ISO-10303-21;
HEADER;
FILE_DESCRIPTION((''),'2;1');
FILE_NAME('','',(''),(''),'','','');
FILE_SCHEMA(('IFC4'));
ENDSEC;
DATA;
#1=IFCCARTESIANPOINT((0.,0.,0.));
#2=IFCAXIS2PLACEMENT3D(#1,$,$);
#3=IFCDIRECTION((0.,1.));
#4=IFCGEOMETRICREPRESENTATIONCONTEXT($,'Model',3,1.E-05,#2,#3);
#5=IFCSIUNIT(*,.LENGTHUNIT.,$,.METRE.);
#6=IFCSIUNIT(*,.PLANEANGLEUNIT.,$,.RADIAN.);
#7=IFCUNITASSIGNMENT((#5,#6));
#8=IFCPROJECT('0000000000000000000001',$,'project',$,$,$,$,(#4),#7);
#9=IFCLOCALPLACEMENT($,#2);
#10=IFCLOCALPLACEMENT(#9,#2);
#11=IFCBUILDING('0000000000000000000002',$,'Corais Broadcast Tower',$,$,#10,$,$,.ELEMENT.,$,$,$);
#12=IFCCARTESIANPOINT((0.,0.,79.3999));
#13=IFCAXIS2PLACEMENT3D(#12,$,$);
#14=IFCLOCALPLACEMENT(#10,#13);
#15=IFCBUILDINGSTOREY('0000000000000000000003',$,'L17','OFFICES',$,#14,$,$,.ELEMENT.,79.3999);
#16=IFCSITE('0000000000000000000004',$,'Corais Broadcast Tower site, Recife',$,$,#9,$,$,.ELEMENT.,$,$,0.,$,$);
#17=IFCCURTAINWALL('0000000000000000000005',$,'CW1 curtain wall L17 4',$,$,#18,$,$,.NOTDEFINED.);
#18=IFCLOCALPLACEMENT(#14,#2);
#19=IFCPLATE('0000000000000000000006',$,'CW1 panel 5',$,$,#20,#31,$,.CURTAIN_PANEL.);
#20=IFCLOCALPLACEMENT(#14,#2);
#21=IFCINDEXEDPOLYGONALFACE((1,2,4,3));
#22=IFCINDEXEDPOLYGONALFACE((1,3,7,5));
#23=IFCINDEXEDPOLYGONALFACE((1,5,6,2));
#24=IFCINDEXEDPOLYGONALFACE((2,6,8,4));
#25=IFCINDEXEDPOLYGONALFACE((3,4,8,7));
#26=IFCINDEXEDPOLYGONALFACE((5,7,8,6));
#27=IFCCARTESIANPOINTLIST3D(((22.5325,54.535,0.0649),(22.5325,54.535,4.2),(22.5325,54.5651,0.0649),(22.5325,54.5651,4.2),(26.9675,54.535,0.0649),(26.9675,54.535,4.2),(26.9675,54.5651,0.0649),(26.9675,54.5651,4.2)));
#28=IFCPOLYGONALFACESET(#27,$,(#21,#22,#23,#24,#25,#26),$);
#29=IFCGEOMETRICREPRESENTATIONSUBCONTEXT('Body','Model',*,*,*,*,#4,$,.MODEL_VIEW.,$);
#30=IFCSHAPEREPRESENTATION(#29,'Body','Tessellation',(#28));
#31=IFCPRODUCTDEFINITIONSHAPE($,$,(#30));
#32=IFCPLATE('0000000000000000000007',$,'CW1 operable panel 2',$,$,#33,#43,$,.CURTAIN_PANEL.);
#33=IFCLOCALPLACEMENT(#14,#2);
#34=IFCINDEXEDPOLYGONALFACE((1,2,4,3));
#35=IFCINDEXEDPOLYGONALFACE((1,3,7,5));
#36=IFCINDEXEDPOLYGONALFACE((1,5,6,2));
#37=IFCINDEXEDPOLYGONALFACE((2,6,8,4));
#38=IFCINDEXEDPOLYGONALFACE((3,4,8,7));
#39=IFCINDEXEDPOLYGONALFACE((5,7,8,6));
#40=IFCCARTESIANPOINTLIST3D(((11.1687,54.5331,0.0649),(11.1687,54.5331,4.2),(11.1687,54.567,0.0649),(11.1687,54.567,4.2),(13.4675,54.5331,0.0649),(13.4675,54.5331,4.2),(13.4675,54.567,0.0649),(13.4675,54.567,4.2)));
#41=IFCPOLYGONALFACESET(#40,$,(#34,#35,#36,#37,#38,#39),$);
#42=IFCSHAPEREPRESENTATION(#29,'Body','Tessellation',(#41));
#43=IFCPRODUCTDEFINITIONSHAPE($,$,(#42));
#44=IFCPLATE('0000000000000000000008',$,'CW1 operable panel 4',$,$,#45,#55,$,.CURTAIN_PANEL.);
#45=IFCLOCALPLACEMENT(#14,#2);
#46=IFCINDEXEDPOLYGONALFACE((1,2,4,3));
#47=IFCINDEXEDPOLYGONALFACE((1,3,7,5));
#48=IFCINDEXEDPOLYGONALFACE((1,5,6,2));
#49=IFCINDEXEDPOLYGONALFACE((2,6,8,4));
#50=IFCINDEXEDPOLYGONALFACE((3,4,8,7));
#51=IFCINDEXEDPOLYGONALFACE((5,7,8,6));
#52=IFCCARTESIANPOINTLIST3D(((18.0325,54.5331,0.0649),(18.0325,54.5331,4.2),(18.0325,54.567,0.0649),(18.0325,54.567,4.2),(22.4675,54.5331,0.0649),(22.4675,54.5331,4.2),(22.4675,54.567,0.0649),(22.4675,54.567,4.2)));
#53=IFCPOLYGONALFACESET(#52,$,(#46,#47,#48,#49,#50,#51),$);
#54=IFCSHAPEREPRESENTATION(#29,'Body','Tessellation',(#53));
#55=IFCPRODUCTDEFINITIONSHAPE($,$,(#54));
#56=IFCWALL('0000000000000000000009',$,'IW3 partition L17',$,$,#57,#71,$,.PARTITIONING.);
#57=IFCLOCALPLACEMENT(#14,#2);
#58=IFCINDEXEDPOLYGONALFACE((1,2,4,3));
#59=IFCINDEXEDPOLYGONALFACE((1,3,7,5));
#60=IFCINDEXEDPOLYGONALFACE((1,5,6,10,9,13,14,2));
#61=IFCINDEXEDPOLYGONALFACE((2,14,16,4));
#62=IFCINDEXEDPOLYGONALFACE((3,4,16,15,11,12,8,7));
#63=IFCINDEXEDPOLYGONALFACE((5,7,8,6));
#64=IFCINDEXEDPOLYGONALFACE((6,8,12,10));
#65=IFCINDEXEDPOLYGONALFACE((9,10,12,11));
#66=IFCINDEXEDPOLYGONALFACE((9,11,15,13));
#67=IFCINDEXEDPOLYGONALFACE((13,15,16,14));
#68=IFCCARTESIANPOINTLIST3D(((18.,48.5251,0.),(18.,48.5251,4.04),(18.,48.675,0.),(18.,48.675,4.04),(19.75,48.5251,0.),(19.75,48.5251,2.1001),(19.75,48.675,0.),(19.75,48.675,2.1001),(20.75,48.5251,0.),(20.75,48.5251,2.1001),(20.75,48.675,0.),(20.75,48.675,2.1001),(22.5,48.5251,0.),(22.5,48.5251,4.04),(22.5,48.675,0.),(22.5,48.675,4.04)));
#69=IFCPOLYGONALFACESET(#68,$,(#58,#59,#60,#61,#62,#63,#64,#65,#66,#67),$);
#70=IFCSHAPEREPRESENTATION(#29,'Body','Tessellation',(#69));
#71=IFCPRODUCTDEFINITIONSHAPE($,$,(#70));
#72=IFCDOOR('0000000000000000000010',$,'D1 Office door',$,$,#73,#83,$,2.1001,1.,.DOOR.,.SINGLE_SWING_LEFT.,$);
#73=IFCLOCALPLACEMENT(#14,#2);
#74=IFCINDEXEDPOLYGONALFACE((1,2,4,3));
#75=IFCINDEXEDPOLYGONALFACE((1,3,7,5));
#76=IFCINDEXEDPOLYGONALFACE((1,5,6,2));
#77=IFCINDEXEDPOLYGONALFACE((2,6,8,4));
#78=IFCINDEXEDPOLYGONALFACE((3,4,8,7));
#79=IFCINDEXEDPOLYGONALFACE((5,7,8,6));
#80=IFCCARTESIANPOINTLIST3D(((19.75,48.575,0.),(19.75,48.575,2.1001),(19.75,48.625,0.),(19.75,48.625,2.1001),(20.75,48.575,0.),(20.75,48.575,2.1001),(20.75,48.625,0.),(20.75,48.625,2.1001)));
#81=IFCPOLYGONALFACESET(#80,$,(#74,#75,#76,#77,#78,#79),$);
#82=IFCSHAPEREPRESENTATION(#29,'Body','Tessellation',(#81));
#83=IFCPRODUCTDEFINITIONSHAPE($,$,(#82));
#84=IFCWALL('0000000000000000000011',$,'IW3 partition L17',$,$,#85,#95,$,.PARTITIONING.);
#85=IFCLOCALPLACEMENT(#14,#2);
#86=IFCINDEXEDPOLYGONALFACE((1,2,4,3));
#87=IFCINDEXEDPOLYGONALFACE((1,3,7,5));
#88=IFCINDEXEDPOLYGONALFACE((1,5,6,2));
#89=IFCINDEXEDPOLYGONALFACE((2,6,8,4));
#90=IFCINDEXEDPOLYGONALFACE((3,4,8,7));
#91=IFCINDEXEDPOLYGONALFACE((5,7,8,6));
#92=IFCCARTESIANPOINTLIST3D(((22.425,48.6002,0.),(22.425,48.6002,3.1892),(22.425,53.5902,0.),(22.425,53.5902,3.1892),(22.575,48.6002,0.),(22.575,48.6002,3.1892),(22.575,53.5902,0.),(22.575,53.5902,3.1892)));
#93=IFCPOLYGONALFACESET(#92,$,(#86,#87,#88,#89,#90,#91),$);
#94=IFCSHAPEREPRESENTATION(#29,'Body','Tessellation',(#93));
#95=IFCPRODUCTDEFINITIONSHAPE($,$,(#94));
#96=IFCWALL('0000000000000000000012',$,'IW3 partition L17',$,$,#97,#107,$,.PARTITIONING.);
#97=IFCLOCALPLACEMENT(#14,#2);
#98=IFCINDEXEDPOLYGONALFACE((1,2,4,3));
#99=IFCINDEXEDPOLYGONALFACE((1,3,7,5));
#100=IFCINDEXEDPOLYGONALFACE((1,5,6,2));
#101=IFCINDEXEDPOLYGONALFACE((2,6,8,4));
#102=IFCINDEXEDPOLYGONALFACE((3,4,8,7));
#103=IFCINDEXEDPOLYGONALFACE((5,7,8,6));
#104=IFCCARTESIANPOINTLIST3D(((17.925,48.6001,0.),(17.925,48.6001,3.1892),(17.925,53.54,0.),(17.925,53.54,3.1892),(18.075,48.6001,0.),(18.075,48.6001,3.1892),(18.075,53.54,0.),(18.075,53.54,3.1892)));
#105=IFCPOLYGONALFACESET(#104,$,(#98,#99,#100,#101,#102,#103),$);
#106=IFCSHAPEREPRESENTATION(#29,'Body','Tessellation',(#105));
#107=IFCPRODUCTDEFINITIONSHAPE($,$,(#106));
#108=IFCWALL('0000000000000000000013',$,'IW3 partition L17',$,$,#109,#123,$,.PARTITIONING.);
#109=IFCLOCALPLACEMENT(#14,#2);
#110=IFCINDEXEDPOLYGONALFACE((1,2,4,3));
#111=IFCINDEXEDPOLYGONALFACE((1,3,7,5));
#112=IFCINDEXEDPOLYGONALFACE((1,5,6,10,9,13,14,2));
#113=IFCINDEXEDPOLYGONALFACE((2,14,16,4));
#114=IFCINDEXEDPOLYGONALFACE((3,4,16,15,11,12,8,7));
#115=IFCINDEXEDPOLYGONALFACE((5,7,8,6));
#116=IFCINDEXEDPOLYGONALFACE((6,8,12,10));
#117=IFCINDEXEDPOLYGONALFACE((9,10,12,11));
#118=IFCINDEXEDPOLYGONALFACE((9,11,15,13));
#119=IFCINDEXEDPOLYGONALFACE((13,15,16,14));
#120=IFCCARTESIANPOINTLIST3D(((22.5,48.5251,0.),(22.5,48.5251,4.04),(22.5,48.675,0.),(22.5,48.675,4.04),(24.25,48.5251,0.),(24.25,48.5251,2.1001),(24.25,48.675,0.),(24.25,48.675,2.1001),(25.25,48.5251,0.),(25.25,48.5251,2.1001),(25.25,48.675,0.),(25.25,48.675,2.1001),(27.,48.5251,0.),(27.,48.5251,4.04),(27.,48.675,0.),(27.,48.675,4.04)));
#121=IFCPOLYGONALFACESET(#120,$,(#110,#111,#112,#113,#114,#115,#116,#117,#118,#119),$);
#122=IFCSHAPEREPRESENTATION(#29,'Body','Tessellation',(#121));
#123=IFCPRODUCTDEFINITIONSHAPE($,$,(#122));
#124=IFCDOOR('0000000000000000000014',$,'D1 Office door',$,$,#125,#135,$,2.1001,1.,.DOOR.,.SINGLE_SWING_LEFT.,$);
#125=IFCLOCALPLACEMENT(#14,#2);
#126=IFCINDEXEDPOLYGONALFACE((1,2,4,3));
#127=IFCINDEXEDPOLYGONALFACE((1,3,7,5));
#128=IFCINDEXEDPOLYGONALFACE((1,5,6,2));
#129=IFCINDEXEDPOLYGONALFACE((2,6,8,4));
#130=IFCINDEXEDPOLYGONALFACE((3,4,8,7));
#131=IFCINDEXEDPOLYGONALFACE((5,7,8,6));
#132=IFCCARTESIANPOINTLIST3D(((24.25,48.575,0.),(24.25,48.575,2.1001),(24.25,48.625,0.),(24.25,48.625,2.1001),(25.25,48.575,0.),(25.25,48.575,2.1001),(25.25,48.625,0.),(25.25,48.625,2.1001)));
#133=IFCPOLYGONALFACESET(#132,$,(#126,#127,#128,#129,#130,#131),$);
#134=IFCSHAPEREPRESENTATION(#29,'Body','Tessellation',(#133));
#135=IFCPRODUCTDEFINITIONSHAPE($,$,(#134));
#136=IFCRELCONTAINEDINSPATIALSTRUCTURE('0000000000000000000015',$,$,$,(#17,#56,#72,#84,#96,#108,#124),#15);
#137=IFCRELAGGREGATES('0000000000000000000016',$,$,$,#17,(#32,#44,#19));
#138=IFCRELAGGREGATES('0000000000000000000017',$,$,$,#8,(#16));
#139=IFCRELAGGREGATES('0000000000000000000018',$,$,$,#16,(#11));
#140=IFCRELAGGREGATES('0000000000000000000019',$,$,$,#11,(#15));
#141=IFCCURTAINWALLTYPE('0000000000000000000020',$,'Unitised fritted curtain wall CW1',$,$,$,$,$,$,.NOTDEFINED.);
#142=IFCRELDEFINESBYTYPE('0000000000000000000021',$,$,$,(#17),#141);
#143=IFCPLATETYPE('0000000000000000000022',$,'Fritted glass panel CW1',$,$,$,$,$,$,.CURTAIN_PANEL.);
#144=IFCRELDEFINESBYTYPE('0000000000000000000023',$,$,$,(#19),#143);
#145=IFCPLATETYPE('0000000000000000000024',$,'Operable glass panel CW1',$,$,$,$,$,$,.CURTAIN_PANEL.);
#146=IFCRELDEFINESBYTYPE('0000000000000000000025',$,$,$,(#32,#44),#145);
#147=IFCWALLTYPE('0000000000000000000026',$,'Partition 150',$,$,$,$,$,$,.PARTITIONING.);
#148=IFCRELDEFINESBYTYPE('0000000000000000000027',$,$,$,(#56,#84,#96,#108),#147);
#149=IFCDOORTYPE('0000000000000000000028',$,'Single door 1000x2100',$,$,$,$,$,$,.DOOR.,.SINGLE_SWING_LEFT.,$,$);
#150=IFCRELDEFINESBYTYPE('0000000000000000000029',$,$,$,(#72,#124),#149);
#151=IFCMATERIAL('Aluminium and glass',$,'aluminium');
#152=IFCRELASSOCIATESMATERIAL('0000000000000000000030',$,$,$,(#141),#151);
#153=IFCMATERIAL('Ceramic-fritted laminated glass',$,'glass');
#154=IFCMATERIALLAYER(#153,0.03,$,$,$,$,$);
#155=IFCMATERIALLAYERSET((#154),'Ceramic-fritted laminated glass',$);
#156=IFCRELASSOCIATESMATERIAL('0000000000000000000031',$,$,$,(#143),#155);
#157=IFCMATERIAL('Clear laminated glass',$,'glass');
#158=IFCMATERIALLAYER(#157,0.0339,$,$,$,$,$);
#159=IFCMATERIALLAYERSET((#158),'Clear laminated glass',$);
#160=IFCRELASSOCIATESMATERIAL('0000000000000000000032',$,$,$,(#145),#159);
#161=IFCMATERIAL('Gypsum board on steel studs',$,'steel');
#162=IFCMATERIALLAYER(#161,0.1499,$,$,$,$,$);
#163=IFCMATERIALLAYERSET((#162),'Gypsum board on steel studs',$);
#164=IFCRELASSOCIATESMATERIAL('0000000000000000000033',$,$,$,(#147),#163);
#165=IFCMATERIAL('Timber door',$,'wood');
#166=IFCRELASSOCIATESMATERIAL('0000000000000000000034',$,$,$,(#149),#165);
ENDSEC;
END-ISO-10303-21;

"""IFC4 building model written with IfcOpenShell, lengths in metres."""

from ifc_helpers import new_model, si_unit, direction, frame, frame_2d, origin, origin_2d, place, context, subcontext, project, spatial, rectangle, extrude, material, layer, layer_set, type_object, element, fill, aggregate, save


model = new_model("IFC4")

# Units and contexts
model_context = context("Model", 3, precision=1e-05, world=origin(), true_north=direction((0.0, 1.0)))
body_context = subcontext(model_context, "Body", "Model", "MODEL_VIEW")
ifc_project = project(units=[si_unit("LENGTHUNIT", "METRE"), si_unit("PLANEANGLEUNIT", "RADIAN")], contexts=[model_context])

# Site, building, storey
site_placement = place(None, origin())
site = spatial("IfcSite", under=ifc_project, at=site_placement, Name="Corais Broadcast Tower site, Recife", CompositionType="ELEMENT", RefElevation=0.0)
building_placement = place(site_placement, origin())
building = spatial("IfcBuilding", under=site, at=building_placement, Name="Corais Broadcast Tower", CompositionType="ELEMENT")
storey_placement = place(building_placement, frame((0.0, 0.0, 79.3999)))
storey = spatial("IfcBuildingStorey", under=building, at=storey_placement, Name="L17", Description="OFFICES", CompositionType="ELEMENT", Elevation=79.3999)

# Curtain wall
ifc_material_1 = material(Name="Aluminium and glass", Category="aluminium")
curtain_wall_type = type_object("IfcCurtainWallType", Name="Unitised fritted curtain wall CW1", PredefinedType="NOTDEFINED", material=ifc_material_1)
curtain_wall_placement = place(storey_placement, origin())
curtain_wall = element("IfcCurtainWall", 1, at=curtain_wall_placement, inside=storey, type_object=curtain_wall_type, Name="CW1 curtain wall L17 4", PredefinedType="NOTDEFINED")

# Plates
ifc_material_2 = material(Name="Ceramic-fritted laminated glass", Category="glass")
ifc_layer_1 = layer(ifc_material_2, 0.03)
ifc_layer_set_1 = layer_set([ifc_layer_1], Name="Ceramic-fritted laminated glass")
plate_type_1 = type_object("IfcPlateType", Name="Fritted glass panel CW1", PredefinedType="CURTAIN_PANEL", material=ifc_layer_set_1)
plate_1_placement = place(storey_placement, frame((24.75, 54.55, 0.0649), z_axis=(0.0, 0.0, 1.0), x_axis=(1.0, 0.0, 0.0)))
plate_1 = element("IfcPlate", 2, at=plate_1_placement, type_object=plate_type_1, Name="CW1 panel 5", PredefinedType="CURTAIN_PANEL", context=body_context, shape_type="SweptSolid", body=[
    extrude(rectangle(XDim=4.4351, YDim=0.03, at=origin_2d()), origin(), (0.0, 0.0, 1.0), 4.135),
])
ifc_material_3 = material(Name="Clear laminated glass", Category="glass")
ifc_layer_2 = layer(ifc_material_3, 0.0339)
ifc_layer_set_2 = layer_set([ifc_layer_2], Name="Clear laminated glass")
plate_type_2 = type_object("IfcPlateType", Name="Operable glass panel CW1", PredefinedType="CURTAIN_PANEL", material=ifc_layer_set_2)
plate_2_placement = place(storey_placement, frame((12.3181, 54.55, 0.0649), z_axis=(0.0, 0.0, 1.0), x_axis=(1.0, 0.0, 0.0)))
plate_2 = element("IfcPlate", 3, at=plate_2_placement, type_object=plate_type_2, Name="CW1 operable panel 2", PredefinedType="CURTAIN_PANEL", context=body_context, shape_type="SweptSolid", body=[
    extrude(rectangle(XDim=2.2988, YDim=0.0339, at=origin_2d()), origin(), (0.0, 0.0, 1.0), 4.135),
])
plate_3_placement = place(storey_placement, frame((20.25, 54.55, 0.0649), z_axis=(0.0, 0.0, 1.0), x_axis=(1.0, 0.0, 0.0)))
plate_3 = element("IfcPlate", 4, at=plate_3_placement, type_object=plate_type_2, Name="CW1 operable panel 4", PredefinedType="CURTAIN_PANEL", context=body_context, shape_type="SweptSolid", body=[
    extrude(rectangle(XDim=4.4351, YDim=0.0339, at=origin_2d()), origin(), (0.0, 0.0, 1.0), 4.135),
])
aggregate(curtain_wall, [plate_2, plate_3, plate_1])

# Wall, opening, door
ifc_material_4 = material(Name="Gypsum board on steel studs", Category="steel")
ifc_layer_3 = layer(ifc_material_4, 0.1499)
ifc_layer_set_3 = layer_set([ifc_layer_3], Name="Gypsum board on steel studs")
wall_type = type_object("IfcWallType", Name="Partition 150", PredefinedType="PARTITIONING", material=ifc_layer_set_3)
wall_1_placement = place(storey_placement, frame((18.0, 48.6001, 0.0), z_axis=(0.0, 0.0, 1.0), x_axis=(1.0, 0.0, 0.0)))
wall_1 = element("IfcWall", 5, at=wall_1_placement, inside=storey, type_object=wall_type, Name="IW3 partition L17", PredefinedType="PARTITIONING", context=body_context, shape_type="SweptSolid", body=[
    extrude(rectangle(XDim=4.5, YDim=0.1499, at=frame_2d((2.25, 0.0))), origin(), (0.0, 0.0, 1.0), 4.04),
])
opening_1_placement = place(wall_1_placement, frame((1.75, 0.0, 0.0)))
opening_1 = element("IfcOpeningElement", 6, at=opening_1_placement, cuts=wall_1, PredefinedType="OPENING", context=body_context, shape_type="SweptSolid", body=[
    extrude(rectangle(XDim=1.0, YDim=2.1001, at=frame_2d((0.5, 1.05))), frame((0.0, 0.085, 0.0), z_axis=(0.0, -1.0, 0.0), x_axis=(1.0, 0.0, 0.0)), (0.0, 0.0, 1.0), 0.1699),
])
ifc_material_5 = material(Name="Timber door", Category="wood")
door_type = type_object("IfcDoorType", Name="Single door 1000x2100", OperationType="SINGLE_SWING_LEFT", PredefinedType="DOOR", material=ifc_material_5)
door_1_placement = place(opening_1_placement, origin())
door_1 = element("IfcDoor", 7, at=door_1_placement, inside=storey, type_object=door_type, Name="D1 Office door", OperationType="SINGLE_SWING_LEFT", OverallHeight=2.1001, OverallWidth=1.0, PredefinedType="DOOR", context=body_context, shape_type="SweptSolid", body=[
    extrude(rectangle(XDim=1.0, YDim=2.1001, at=frame_2d((0.5, 1.05))), frame((0.0, 0.0249, 0.0), z_axis=(0.0, -1.0, 0.0), x_axis=(1.0, 0.0, 0.0)), (0.0, 0.0, 1.0), 0.05),
])
fill(opening_1, door_1)

# Walls
wall_2_placement = place(storey_placement, frame((22.5, 48.6001, 0.0), z_axis=(0.0, 0.0, 1.0), x_axis=(0.0, 1.0, 0.0)))
element("IfcWall", 8, at=wall_2_placement, inside=storey, type_object=wall_type, Name="IW3 partition L17", PredefinedType="PARTITIONING", context=body_context, shape_type="SweptSolid", body=[
    extrude(rectangle(XDim=4.99, YDim=0.1499, at=frame_2d((2.4951, 0.0))), origin(), (0.0, 0.0, 1.0), 3.1892),
])
wall_3_placement = place(storey_placement, frame((18.0, 53.54, 0.0), z_axis=(0.0, 0.0, 1.0), x_axis=(0.0, -1.0, 0.0)))
element("IfcWall", 9, at=wall_3_placement, inside=storey, type_object=wall_type, Name="IW3 partition L17", PredefinedType="PARTITIONING", context=body_context, shape_type="SweptSolid", body=[
    extrude(rectangle(XDim=4.9399, YDim=0.1499, at=frame_2d((2.47, 0.0))), origin(), (0.0, 0.0, 1.0), 3.1892),
])

# Wall, opening, door
wall_4_placement = place(storey_placement, frame((22.5, 48.6001, 0.0), z_axis=(0.0, 0.0, 1.0), x_axis=(1.0, 0.0, 0.0)))
wall_4 = element("IfcWall", 10, at=wall_4_placement, inside=storey, type_object=wall_type, Name="IW3 partition L17", PredefinedType="PARTITIONING", context=body_context, shape_type="SweptSolid", body=[
    extrude(rectangle(XDim=4.5, YDim=0.1499, at=frame_2d((2.25, 0.0))), origin(), (0.0, 0.0, 1.0), 4.04),
])
opening_2_placement = place(wall_4_placement, frame((1.75, 0.0, 0.0)))
opening_2 = element("IfcOpeningElement", 11, at=opening_2_placement, cuts=wall_4, PredefinedType="OPENING", context=body_context, shape_type="SweptSolid", body=[
    extrude(rectangle(XDim=1.0, YDim=2.1001, at=frame_2d((0.5, 1.05))), frame((0.0, 0.085, 0.0), z_axis=(0.0, -1.0, 0.0), x_axis=(1.0, 0.0, 0.0)), (0.0, 0.0, 1.0), 0.1699),
])
door_2_placement = place(opening_2_placement, origin())
door_2 = element("IfcDoor", 12, at=door_2_placement, inside=storey, type_object=door_type, Name="D1 Office door", OperationType="SINGLE_SWING_LEFT", OverallHeight=2.1001, OverallWidth=1.0, PredefinedType="DOOR", context=body_context, shape_type="SweptSolid", body=[
    extrude(rectangle(XDim=1.0, YDim=2.1001, at=frame_2d((0.5, 1.05))), frame((0.0, 0.0249, 0.0), z_axis=(0.0, -1.0, 0.0), x_axis=(1.0, 0.0, 0.0)), (0.0, 0.0, 1.0), 0.05),
])
fill(opening_2, door_2)

save(model, "model.ifc")
